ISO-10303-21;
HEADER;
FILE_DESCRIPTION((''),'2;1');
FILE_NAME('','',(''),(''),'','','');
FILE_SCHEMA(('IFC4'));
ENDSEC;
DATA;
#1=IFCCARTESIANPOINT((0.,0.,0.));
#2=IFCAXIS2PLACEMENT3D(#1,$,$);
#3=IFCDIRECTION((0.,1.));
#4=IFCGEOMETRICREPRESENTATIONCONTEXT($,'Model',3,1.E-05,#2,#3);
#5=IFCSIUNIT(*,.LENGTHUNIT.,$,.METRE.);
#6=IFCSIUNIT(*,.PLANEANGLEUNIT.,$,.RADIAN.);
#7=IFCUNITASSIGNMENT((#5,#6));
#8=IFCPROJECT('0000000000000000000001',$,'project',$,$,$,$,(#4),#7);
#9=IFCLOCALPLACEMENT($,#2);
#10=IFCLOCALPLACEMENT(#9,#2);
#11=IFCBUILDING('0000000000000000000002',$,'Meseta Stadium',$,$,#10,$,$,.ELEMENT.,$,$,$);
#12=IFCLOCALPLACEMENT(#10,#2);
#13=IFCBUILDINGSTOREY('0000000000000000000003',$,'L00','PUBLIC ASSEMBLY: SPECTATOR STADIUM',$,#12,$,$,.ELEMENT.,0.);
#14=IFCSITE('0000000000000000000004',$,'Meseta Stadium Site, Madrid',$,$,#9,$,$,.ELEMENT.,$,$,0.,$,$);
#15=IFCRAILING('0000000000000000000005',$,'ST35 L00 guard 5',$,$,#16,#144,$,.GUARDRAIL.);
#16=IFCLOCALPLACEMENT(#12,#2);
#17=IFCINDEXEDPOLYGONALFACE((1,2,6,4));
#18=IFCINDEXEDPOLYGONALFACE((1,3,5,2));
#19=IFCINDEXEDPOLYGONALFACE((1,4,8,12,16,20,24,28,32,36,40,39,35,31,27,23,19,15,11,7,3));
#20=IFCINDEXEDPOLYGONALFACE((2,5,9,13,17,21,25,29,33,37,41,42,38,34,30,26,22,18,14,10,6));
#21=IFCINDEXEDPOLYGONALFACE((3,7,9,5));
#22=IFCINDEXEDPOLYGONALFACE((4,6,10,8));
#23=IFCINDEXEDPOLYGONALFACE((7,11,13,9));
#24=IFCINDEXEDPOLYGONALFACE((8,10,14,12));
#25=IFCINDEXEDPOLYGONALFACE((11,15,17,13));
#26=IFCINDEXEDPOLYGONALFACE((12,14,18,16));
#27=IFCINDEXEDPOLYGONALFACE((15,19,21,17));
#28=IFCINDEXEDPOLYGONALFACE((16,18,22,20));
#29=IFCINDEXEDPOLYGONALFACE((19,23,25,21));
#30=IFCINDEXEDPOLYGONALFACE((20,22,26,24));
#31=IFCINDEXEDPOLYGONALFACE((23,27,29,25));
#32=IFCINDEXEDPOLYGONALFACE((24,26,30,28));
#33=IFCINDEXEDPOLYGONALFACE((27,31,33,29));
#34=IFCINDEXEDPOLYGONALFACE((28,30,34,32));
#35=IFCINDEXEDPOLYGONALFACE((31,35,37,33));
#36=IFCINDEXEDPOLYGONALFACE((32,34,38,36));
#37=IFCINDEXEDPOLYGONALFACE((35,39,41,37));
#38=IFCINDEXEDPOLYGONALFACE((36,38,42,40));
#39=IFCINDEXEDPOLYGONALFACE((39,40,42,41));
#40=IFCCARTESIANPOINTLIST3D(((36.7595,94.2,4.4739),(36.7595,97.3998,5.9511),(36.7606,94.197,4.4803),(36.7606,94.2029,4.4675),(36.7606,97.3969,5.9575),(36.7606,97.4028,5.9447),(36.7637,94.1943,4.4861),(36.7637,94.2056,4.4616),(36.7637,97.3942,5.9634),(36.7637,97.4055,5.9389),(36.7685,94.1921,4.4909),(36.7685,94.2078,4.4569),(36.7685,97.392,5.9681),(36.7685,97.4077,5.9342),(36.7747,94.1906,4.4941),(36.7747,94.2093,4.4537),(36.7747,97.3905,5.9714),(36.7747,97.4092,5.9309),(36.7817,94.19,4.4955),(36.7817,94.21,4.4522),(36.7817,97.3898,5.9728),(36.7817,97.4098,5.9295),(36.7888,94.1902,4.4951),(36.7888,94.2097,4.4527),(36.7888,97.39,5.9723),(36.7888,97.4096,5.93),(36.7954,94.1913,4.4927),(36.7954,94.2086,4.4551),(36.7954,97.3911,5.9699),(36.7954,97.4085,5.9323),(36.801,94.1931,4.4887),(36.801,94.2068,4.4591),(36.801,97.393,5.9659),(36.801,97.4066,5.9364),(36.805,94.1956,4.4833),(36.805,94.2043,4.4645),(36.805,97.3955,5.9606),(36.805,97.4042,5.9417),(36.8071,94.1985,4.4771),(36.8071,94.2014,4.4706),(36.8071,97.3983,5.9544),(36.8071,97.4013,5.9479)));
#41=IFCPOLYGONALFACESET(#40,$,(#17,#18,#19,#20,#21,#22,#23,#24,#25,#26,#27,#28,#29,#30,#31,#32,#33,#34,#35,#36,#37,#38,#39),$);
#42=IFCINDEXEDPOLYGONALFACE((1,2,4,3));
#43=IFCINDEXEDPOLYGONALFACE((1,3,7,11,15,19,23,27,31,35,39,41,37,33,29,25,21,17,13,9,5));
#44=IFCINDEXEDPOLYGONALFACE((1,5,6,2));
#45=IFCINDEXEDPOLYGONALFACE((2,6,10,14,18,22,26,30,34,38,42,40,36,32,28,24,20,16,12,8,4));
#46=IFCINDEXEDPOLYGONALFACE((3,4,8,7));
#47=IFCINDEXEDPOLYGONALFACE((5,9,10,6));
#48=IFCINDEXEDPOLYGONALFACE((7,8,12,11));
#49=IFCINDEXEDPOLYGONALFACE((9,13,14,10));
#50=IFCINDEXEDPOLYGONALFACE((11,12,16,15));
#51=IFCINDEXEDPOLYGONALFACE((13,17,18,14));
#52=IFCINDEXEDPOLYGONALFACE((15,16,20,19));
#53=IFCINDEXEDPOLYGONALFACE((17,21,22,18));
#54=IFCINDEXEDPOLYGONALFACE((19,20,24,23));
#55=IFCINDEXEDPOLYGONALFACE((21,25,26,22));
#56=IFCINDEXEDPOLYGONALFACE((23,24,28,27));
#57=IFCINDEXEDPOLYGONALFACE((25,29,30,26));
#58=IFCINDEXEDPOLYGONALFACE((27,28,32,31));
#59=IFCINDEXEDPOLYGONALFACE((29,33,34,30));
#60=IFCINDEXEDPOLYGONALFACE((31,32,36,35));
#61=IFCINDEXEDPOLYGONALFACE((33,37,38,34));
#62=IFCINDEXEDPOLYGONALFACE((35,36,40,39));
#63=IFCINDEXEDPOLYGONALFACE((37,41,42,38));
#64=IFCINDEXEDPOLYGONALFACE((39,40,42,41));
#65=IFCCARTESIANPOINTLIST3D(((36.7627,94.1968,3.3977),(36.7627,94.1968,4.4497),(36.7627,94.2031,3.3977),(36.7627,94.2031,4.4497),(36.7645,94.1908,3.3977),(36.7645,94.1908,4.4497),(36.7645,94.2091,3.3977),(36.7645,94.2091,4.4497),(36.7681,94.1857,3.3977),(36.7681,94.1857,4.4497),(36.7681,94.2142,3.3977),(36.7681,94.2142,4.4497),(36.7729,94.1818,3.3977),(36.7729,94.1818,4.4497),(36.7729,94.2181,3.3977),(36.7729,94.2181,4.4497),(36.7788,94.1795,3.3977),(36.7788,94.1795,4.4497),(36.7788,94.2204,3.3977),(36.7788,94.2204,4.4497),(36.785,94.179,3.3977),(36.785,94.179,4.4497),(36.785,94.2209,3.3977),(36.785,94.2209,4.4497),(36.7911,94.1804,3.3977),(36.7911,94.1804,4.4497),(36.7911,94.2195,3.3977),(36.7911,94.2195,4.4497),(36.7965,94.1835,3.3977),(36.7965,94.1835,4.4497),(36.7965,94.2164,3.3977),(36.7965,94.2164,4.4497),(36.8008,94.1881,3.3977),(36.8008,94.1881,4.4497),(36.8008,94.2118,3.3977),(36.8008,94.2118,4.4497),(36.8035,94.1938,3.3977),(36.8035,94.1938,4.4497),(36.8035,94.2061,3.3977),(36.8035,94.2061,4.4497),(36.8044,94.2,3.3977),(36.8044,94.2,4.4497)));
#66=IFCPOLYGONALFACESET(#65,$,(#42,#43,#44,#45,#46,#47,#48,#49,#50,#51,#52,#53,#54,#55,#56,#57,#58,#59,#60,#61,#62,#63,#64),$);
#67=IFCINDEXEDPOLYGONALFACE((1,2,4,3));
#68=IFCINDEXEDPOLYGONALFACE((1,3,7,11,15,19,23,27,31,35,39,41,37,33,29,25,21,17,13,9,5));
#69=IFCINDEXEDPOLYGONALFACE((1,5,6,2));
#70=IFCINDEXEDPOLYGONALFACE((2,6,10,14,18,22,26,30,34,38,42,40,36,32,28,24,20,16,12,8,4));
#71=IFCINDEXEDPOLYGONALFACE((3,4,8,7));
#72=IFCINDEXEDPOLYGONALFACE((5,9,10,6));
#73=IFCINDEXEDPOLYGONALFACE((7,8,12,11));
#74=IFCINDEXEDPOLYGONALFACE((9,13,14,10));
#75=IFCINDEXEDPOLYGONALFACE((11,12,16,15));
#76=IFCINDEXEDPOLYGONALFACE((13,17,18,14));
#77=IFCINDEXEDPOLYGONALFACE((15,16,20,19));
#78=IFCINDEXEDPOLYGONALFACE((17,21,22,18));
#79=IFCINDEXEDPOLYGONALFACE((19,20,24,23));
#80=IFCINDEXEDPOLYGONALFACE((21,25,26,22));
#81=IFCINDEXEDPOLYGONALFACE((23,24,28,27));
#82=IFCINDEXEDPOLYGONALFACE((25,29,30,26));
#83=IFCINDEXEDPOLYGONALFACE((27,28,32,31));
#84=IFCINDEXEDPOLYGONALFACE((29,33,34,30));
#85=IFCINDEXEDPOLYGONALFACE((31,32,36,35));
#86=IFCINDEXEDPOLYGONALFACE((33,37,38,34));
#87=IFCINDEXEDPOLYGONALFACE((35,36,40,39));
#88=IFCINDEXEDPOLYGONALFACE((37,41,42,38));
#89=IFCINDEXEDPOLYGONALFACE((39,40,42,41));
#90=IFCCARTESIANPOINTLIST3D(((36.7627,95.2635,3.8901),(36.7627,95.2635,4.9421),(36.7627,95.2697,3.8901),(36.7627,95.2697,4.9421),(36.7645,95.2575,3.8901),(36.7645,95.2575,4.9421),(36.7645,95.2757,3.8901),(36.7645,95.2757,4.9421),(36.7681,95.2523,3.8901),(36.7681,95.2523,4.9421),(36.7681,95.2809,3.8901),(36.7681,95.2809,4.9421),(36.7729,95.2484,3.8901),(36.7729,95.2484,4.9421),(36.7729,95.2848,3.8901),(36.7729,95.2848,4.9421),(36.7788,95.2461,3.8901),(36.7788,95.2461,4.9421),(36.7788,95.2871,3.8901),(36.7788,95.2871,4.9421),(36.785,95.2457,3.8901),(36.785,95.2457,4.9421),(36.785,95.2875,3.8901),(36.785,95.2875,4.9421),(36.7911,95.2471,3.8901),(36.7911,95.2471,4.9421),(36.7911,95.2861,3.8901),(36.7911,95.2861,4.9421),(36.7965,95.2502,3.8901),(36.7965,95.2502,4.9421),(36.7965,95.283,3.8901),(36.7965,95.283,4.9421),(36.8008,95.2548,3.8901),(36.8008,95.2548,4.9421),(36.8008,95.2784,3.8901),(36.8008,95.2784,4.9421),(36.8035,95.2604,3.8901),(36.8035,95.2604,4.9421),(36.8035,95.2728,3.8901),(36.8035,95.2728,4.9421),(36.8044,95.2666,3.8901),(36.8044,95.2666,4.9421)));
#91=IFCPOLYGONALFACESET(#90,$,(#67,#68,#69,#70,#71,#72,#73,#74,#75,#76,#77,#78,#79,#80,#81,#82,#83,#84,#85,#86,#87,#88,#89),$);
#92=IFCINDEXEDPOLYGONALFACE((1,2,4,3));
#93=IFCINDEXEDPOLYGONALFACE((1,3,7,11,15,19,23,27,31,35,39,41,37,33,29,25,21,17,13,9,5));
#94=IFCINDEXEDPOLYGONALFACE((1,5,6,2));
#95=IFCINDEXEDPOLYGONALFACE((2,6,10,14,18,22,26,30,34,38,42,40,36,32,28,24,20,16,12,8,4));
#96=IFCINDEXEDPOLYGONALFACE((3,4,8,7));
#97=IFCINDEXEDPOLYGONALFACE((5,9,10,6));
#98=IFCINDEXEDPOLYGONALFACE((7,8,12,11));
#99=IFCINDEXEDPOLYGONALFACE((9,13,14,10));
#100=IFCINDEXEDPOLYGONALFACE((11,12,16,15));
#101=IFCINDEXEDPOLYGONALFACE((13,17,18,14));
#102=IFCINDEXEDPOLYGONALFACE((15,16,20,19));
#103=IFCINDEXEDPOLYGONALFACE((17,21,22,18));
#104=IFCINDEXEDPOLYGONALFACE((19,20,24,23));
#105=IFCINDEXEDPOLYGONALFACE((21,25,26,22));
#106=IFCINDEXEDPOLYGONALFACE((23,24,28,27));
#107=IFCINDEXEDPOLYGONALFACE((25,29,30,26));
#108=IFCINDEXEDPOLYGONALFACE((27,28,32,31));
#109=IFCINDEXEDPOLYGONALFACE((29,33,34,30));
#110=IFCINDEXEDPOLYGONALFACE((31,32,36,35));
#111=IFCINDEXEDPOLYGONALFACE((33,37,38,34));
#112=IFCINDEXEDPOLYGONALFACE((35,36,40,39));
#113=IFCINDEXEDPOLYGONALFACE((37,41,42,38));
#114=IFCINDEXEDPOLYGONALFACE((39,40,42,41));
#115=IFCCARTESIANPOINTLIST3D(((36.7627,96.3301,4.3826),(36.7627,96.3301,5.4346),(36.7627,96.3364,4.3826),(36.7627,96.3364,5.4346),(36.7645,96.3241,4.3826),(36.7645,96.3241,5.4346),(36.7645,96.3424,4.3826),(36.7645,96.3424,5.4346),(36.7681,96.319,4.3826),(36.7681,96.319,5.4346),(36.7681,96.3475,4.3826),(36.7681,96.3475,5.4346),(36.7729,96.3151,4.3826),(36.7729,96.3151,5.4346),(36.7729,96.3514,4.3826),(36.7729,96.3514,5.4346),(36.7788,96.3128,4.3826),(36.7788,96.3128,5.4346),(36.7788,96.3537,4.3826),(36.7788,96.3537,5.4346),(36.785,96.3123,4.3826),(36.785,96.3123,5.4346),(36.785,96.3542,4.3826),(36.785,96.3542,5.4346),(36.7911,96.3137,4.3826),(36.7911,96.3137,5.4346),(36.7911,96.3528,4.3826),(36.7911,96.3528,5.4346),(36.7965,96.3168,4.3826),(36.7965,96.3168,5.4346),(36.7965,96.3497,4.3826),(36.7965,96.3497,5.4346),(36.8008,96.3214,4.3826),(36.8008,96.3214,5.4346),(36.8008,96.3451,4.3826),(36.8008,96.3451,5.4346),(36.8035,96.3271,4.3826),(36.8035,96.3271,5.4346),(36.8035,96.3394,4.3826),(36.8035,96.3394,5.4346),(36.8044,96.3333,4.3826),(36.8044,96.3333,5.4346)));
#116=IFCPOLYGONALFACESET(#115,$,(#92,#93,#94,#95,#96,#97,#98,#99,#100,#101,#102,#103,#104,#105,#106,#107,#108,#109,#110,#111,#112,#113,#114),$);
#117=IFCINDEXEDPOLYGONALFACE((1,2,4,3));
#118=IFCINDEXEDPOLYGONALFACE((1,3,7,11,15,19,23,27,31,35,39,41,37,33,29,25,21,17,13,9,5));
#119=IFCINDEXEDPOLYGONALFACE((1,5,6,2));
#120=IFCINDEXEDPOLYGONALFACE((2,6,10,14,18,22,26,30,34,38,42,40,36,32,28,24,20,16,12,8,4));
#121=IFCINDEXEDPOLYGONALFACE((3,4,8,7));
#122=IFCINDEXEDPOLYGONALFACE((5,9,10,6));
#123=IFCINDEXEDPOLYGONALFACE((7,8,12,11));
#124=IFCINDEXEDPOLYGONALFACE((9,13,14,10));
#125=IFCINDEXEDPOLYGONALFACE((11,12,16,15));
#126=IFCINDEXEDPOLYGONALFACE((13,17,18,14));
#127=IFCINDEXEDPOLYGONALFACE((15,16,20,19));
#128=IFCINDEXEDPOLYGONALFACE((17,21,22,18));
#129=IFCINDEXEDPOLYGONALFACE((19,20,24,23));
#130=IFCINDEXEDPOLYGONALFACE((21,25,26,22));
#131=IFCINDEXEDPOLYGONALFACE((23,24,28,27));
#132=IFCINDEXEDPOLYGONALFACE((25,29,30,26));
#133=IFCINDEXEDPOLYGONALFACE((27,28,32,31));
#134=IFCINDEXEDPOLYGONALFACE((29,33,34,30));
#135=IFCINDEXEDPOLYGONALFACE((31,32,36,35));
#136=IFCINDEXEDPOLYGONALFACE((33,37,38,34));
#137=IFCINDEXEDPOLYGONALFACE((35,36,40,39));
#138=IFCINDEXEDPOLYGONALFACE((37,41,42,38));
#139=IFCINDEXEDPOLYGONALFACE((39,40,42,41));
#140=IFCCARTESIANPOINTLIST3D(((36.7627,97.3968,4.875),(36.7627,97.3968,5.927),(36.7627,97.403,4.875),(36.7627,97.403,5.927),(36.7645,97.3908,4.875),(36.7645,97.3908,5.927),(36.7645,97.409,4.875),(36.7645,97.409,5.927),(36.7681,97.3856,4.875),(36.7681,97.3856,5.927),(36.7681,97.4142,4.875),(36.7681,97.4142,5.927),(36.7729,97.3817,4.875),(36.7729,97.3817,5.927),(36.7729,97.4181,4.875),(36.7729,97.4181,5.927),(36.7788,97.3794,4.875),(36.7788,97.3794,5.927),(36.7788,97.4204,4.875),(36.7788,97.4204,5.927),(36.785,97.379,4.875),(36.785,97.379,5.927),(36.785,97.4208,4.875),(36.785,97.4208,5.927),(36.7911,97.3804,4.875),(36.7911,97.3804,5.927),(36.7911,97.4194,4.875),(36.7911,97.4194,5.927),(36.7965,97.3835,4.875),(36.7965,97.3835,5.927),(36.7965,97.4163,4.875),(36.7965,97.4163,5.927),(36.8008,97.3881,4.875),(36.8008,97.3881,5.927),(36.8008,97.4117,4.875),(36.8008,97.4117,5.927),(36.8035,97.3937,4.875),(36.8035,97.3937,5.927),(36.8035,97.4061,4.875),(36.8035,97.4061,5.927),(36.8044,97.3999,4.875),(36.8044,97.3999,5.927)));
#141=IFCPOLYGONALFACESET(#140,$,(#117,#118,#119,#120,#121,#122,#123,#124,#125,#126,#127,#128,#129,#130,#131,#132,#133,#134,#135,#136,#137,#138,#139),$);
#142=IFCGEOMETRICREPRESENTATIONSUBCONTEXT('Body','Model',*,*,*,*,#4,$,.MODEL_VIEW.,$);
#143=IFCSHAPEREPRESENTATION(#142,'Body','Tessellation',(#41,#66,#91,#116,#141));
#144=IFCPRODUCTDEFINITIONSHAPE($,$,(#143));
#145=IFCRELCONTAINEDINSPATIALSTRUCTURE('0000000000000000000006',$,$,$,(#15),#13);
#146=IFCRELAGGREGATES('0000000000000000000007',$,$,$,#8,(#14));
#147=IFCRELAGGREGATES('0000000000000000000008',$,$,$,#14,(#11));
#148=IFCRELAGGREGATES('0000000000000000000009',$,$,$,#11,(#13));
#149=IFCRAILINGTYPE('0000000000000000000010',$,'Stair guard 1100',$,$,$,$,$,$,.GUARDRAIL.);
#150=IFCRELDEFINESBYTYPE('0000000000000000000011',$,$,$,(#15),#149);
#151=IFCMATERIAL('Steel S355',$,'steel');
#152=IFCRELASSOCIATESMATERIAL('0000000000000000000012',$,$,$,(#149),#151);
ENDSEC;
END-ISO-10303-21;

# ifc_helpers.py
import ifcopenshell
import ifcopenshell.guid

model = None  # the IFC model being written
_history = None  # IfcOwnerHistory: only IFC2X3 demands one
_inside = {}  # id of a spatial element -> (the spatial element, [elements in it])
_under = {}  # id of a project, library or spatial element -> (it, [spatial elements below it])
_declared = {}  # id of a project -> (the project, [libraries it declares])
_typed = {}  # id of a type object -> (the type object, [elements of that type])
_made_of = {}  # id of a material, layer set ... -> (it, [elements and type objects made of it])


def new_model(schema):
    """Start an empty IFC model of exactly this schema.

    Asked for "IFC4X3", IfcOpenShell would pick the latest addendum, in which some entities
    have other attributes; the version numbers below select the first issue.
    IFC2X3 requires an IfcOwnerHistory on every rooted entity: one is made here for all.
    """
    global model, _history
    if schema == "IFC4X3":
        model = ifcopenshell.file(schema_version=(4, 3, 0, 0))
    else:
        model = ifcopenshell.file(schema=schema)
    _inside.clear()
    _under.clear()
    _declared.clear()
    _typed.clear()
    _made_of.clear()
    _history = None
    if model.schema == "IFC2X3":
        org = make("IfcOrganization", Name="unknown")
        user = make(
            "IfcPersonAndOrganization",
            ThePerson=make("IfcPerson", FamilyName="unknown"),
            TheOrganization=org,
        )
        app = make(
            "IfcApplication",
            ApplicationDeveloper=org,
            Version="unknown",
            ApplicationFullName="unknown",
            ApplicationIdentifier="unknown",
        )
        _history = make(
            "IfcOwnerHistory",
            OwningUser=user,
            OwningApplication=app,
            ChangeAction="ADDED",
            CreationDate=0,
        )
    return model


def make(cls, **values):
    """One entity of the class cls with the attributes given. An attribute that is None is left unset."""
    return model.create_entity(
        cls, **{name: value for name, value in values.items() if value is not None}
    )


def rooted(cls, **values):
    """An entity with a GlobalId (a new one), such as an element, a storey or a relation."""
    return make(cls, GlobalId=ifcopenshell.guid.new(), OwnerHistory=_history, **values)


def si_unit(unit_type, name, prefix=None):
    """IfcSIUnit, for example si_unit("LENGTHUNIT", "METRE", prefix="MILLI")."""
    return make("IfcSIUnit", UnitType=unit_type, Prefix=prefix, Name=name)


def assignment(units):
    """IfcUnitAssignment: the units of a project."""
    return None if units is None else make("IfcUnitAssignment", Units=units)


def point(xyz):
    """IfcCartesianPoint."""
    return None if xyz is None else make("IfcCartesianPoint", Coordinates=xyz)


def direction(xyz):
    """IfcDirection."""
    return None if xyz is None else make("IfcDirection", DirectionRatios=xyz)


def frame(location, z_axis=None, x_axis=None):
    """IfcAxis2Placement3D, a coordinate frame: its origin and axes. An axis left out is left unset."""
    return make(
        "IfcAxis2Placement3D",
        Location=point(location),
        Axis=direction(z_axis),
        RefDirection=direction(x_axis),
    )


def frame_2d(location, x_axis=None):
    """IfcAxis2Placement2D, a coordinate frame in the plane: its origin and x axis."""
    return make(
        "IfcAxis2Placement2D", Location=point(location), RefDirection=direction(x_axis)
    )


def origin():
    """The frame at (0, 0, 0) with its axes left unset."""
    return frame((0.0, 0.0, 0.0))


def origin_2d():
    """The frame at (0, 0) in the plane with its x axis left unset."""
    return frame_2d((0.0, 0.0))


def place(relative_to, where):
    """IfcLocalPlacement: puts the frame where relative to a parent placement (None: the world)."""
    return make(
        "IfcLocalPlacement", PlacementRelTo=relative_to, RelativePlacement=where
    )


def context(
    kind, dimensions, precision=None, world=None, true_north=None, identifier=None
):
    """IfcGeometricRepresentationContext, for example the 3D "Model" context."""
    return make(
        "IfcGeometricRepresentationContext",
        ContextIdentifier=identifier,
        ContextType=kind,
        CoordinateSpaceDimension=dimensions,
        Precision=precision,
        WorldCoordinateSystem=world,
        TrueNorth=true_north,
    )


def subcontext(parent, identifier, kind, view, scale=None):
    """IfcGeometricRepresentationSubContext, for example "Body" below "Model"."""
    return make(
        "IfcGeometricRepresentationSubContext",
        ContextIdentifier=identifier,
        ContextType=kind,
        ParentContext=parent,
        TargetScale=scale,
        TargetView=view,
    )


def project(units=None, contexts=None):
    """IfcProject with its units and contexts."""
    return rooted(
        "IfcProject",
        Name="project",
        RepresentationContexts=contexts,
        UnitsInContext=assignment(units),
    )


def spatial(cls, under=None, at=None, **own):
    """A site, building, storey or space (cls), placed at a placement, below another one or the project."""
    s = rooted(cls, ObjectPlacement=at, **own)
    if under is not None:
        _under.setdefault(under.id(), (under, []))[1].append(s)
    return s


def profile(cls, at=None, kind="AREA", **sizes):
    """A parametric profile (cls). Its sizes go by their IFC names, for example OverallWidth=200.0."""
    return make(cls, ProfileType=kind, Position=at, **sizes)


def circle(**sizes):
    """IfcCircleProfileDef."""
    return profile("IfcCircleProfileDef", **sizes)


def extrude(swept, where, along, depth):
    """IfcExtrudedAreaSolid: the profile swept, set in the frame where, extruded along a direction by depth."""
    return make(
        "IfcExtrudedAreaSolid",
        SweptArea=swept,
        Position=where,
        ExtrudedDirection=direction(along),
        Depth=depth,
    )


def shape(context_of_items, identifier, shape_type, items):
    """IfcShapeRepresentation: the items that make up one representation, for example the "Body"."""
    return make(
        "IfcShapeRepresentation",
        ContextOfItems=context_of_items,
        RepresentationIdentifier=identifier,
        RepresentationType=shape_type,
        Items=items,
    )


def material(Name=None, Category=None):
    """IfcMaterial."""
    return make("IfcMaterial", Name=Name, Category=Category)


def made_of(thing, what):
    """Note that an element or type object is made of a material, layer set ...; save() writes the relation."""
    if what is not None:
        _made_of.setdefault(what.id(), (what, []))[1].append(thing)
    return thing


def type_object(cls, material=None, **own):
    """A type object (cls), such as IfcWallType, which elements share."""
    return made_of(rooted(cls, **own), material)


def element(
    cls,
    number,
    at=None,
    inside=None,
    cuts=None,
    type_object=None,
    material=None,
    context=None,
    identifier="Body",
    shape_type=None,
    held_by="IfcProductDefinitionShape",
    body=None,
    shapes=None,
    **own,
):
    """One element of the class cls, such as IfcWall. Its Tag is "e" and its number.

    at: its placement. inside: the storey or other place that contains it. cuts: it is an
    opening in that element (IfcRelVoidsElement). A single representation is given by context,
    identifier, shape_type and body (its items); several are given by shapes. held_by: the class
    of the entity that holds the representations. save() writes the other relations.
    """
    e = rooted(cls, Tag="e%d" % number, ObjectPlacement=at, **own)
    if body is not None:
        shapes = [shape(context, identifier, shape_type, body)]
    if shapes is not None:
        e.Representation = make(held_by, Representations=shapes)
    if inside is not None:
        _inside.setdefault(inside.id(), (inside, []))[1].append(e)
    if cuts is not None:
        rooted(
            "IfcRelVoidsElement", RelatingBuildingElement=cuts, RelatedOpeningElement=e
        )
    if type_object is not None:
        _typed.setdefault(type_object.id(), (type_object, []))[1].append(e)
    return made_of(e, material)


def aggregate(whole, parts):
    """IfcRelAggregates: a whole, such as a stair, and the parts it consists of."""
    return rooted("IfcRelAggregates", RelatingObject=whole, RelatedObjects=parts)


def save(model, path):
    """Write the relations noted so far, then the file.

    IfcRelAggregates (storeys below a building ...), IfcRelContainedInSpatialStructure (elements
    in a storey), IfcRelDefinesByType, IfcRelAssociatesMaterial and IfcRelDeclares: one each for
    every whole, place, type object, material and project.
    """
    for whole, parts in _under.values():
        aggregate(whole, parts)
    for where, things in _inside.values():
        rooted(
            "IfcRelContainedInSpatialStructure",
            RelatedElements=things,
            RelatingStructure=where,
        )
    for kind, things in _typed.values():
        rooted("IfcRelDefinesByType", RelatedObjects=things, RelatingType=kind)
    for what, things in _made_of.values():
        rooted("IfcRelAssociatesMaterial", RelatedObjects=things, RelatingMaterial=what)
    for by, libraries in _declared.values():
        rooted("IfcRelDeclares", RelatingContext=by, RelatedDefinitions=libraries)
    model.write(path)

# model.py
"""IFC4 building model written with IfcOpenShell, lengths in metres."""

from ifc_helpers import new_model, si_unit, direction, frame, origin, origin_2d, place, context, subcontext, project, spatial, circle, extrude, material, type_object, element, save


model = new_model("IFC4")

# Units and contexts
model_context = context("Model", 3, precision=1e-05, world=origin(), true_north=direction((0.0, 1.0)))
body_context = subcontext(model_context, "Body", "Model", "MODEL_VIEW")
ifc_project = project(units=[si_unit("LENGTHUNIT", "METRE"), si_unit("PLANEANGLEUNIT", "RADIAN")], contexts=[model_context])

# Site, building, storey
site_placement = place(None, origin())
site = spatial("IfcSite", under=ifc_project, at=site_placement, Name="Meseta Stadium Site, Madrid", CompositionType="ELEMENT", RefElevation=0.0)
building_placement = place(site_placement, origin())
building = spatial("IfcBuilding", under=site, at=building_placement, Name="Meseta Stadium", CompositionType="ELEMENT")
storey_placement = place(building_placement, origin())
storey = spatial("IfcBuildingStorey", under=building, at=storey_placement, Name="L00", Description="PUBLIC ASSEMBLY: SPECTATOR STADIUM", CompositionType="ELEMENT", Elevation=0.0)

# Railing
ifc_material_1 = material(Name="Steel S355", Category="steel")
railing_type_1 = type_object("IfcRailingType", Name="Stair guard 1100", PredefinedType="GUARDRAIL", material=ifc_material_1)
railing_1_placement = place(storey_placement, frame((36.7834, 94.2, 3.3977)))
element("IfcRailing", 1, at=railing_1_placement, inside=storey, type_object=railing_type_1, Name="ST35 L00 guard 5", PredefinedType="GUARDRAIL", context=body_context, shape_type="SweptSolid", body=[
    extrude(circle(Radius=0.0239, at=origin_2d()), frame((0.0, 0.0, 1.0762), z_axis=(0.0, 0.907917, 0.41915), x_axis=(-1.0, 0.0, 0.0)), (0.0, 0.0, 1.0), 3.5244),
    extrude(circle(Radius=0.021, at=origin_2d()), origin(), (0.0, 0.0, 1.0), 1.052),
    extrude(circle(Radius=0.021, at=origin_2d()), frame((0.0, 1.0667, 0.4924)), (0.0, 0.0, 1.0), 1.052),
    extrude(circle(Radius=0.021, at=origin_2d()), frame((0.0, 2.1333, 0.9849)), (0.0, 0.0, 1.0), 1.052),
    extrude(circle(Radius=0.021, at=origin_2d()), frame((0.0, 3.2, 1.4773)), (0.0, 0.0, 1.0), 1.052),
])

save(model, "model.ifc")
